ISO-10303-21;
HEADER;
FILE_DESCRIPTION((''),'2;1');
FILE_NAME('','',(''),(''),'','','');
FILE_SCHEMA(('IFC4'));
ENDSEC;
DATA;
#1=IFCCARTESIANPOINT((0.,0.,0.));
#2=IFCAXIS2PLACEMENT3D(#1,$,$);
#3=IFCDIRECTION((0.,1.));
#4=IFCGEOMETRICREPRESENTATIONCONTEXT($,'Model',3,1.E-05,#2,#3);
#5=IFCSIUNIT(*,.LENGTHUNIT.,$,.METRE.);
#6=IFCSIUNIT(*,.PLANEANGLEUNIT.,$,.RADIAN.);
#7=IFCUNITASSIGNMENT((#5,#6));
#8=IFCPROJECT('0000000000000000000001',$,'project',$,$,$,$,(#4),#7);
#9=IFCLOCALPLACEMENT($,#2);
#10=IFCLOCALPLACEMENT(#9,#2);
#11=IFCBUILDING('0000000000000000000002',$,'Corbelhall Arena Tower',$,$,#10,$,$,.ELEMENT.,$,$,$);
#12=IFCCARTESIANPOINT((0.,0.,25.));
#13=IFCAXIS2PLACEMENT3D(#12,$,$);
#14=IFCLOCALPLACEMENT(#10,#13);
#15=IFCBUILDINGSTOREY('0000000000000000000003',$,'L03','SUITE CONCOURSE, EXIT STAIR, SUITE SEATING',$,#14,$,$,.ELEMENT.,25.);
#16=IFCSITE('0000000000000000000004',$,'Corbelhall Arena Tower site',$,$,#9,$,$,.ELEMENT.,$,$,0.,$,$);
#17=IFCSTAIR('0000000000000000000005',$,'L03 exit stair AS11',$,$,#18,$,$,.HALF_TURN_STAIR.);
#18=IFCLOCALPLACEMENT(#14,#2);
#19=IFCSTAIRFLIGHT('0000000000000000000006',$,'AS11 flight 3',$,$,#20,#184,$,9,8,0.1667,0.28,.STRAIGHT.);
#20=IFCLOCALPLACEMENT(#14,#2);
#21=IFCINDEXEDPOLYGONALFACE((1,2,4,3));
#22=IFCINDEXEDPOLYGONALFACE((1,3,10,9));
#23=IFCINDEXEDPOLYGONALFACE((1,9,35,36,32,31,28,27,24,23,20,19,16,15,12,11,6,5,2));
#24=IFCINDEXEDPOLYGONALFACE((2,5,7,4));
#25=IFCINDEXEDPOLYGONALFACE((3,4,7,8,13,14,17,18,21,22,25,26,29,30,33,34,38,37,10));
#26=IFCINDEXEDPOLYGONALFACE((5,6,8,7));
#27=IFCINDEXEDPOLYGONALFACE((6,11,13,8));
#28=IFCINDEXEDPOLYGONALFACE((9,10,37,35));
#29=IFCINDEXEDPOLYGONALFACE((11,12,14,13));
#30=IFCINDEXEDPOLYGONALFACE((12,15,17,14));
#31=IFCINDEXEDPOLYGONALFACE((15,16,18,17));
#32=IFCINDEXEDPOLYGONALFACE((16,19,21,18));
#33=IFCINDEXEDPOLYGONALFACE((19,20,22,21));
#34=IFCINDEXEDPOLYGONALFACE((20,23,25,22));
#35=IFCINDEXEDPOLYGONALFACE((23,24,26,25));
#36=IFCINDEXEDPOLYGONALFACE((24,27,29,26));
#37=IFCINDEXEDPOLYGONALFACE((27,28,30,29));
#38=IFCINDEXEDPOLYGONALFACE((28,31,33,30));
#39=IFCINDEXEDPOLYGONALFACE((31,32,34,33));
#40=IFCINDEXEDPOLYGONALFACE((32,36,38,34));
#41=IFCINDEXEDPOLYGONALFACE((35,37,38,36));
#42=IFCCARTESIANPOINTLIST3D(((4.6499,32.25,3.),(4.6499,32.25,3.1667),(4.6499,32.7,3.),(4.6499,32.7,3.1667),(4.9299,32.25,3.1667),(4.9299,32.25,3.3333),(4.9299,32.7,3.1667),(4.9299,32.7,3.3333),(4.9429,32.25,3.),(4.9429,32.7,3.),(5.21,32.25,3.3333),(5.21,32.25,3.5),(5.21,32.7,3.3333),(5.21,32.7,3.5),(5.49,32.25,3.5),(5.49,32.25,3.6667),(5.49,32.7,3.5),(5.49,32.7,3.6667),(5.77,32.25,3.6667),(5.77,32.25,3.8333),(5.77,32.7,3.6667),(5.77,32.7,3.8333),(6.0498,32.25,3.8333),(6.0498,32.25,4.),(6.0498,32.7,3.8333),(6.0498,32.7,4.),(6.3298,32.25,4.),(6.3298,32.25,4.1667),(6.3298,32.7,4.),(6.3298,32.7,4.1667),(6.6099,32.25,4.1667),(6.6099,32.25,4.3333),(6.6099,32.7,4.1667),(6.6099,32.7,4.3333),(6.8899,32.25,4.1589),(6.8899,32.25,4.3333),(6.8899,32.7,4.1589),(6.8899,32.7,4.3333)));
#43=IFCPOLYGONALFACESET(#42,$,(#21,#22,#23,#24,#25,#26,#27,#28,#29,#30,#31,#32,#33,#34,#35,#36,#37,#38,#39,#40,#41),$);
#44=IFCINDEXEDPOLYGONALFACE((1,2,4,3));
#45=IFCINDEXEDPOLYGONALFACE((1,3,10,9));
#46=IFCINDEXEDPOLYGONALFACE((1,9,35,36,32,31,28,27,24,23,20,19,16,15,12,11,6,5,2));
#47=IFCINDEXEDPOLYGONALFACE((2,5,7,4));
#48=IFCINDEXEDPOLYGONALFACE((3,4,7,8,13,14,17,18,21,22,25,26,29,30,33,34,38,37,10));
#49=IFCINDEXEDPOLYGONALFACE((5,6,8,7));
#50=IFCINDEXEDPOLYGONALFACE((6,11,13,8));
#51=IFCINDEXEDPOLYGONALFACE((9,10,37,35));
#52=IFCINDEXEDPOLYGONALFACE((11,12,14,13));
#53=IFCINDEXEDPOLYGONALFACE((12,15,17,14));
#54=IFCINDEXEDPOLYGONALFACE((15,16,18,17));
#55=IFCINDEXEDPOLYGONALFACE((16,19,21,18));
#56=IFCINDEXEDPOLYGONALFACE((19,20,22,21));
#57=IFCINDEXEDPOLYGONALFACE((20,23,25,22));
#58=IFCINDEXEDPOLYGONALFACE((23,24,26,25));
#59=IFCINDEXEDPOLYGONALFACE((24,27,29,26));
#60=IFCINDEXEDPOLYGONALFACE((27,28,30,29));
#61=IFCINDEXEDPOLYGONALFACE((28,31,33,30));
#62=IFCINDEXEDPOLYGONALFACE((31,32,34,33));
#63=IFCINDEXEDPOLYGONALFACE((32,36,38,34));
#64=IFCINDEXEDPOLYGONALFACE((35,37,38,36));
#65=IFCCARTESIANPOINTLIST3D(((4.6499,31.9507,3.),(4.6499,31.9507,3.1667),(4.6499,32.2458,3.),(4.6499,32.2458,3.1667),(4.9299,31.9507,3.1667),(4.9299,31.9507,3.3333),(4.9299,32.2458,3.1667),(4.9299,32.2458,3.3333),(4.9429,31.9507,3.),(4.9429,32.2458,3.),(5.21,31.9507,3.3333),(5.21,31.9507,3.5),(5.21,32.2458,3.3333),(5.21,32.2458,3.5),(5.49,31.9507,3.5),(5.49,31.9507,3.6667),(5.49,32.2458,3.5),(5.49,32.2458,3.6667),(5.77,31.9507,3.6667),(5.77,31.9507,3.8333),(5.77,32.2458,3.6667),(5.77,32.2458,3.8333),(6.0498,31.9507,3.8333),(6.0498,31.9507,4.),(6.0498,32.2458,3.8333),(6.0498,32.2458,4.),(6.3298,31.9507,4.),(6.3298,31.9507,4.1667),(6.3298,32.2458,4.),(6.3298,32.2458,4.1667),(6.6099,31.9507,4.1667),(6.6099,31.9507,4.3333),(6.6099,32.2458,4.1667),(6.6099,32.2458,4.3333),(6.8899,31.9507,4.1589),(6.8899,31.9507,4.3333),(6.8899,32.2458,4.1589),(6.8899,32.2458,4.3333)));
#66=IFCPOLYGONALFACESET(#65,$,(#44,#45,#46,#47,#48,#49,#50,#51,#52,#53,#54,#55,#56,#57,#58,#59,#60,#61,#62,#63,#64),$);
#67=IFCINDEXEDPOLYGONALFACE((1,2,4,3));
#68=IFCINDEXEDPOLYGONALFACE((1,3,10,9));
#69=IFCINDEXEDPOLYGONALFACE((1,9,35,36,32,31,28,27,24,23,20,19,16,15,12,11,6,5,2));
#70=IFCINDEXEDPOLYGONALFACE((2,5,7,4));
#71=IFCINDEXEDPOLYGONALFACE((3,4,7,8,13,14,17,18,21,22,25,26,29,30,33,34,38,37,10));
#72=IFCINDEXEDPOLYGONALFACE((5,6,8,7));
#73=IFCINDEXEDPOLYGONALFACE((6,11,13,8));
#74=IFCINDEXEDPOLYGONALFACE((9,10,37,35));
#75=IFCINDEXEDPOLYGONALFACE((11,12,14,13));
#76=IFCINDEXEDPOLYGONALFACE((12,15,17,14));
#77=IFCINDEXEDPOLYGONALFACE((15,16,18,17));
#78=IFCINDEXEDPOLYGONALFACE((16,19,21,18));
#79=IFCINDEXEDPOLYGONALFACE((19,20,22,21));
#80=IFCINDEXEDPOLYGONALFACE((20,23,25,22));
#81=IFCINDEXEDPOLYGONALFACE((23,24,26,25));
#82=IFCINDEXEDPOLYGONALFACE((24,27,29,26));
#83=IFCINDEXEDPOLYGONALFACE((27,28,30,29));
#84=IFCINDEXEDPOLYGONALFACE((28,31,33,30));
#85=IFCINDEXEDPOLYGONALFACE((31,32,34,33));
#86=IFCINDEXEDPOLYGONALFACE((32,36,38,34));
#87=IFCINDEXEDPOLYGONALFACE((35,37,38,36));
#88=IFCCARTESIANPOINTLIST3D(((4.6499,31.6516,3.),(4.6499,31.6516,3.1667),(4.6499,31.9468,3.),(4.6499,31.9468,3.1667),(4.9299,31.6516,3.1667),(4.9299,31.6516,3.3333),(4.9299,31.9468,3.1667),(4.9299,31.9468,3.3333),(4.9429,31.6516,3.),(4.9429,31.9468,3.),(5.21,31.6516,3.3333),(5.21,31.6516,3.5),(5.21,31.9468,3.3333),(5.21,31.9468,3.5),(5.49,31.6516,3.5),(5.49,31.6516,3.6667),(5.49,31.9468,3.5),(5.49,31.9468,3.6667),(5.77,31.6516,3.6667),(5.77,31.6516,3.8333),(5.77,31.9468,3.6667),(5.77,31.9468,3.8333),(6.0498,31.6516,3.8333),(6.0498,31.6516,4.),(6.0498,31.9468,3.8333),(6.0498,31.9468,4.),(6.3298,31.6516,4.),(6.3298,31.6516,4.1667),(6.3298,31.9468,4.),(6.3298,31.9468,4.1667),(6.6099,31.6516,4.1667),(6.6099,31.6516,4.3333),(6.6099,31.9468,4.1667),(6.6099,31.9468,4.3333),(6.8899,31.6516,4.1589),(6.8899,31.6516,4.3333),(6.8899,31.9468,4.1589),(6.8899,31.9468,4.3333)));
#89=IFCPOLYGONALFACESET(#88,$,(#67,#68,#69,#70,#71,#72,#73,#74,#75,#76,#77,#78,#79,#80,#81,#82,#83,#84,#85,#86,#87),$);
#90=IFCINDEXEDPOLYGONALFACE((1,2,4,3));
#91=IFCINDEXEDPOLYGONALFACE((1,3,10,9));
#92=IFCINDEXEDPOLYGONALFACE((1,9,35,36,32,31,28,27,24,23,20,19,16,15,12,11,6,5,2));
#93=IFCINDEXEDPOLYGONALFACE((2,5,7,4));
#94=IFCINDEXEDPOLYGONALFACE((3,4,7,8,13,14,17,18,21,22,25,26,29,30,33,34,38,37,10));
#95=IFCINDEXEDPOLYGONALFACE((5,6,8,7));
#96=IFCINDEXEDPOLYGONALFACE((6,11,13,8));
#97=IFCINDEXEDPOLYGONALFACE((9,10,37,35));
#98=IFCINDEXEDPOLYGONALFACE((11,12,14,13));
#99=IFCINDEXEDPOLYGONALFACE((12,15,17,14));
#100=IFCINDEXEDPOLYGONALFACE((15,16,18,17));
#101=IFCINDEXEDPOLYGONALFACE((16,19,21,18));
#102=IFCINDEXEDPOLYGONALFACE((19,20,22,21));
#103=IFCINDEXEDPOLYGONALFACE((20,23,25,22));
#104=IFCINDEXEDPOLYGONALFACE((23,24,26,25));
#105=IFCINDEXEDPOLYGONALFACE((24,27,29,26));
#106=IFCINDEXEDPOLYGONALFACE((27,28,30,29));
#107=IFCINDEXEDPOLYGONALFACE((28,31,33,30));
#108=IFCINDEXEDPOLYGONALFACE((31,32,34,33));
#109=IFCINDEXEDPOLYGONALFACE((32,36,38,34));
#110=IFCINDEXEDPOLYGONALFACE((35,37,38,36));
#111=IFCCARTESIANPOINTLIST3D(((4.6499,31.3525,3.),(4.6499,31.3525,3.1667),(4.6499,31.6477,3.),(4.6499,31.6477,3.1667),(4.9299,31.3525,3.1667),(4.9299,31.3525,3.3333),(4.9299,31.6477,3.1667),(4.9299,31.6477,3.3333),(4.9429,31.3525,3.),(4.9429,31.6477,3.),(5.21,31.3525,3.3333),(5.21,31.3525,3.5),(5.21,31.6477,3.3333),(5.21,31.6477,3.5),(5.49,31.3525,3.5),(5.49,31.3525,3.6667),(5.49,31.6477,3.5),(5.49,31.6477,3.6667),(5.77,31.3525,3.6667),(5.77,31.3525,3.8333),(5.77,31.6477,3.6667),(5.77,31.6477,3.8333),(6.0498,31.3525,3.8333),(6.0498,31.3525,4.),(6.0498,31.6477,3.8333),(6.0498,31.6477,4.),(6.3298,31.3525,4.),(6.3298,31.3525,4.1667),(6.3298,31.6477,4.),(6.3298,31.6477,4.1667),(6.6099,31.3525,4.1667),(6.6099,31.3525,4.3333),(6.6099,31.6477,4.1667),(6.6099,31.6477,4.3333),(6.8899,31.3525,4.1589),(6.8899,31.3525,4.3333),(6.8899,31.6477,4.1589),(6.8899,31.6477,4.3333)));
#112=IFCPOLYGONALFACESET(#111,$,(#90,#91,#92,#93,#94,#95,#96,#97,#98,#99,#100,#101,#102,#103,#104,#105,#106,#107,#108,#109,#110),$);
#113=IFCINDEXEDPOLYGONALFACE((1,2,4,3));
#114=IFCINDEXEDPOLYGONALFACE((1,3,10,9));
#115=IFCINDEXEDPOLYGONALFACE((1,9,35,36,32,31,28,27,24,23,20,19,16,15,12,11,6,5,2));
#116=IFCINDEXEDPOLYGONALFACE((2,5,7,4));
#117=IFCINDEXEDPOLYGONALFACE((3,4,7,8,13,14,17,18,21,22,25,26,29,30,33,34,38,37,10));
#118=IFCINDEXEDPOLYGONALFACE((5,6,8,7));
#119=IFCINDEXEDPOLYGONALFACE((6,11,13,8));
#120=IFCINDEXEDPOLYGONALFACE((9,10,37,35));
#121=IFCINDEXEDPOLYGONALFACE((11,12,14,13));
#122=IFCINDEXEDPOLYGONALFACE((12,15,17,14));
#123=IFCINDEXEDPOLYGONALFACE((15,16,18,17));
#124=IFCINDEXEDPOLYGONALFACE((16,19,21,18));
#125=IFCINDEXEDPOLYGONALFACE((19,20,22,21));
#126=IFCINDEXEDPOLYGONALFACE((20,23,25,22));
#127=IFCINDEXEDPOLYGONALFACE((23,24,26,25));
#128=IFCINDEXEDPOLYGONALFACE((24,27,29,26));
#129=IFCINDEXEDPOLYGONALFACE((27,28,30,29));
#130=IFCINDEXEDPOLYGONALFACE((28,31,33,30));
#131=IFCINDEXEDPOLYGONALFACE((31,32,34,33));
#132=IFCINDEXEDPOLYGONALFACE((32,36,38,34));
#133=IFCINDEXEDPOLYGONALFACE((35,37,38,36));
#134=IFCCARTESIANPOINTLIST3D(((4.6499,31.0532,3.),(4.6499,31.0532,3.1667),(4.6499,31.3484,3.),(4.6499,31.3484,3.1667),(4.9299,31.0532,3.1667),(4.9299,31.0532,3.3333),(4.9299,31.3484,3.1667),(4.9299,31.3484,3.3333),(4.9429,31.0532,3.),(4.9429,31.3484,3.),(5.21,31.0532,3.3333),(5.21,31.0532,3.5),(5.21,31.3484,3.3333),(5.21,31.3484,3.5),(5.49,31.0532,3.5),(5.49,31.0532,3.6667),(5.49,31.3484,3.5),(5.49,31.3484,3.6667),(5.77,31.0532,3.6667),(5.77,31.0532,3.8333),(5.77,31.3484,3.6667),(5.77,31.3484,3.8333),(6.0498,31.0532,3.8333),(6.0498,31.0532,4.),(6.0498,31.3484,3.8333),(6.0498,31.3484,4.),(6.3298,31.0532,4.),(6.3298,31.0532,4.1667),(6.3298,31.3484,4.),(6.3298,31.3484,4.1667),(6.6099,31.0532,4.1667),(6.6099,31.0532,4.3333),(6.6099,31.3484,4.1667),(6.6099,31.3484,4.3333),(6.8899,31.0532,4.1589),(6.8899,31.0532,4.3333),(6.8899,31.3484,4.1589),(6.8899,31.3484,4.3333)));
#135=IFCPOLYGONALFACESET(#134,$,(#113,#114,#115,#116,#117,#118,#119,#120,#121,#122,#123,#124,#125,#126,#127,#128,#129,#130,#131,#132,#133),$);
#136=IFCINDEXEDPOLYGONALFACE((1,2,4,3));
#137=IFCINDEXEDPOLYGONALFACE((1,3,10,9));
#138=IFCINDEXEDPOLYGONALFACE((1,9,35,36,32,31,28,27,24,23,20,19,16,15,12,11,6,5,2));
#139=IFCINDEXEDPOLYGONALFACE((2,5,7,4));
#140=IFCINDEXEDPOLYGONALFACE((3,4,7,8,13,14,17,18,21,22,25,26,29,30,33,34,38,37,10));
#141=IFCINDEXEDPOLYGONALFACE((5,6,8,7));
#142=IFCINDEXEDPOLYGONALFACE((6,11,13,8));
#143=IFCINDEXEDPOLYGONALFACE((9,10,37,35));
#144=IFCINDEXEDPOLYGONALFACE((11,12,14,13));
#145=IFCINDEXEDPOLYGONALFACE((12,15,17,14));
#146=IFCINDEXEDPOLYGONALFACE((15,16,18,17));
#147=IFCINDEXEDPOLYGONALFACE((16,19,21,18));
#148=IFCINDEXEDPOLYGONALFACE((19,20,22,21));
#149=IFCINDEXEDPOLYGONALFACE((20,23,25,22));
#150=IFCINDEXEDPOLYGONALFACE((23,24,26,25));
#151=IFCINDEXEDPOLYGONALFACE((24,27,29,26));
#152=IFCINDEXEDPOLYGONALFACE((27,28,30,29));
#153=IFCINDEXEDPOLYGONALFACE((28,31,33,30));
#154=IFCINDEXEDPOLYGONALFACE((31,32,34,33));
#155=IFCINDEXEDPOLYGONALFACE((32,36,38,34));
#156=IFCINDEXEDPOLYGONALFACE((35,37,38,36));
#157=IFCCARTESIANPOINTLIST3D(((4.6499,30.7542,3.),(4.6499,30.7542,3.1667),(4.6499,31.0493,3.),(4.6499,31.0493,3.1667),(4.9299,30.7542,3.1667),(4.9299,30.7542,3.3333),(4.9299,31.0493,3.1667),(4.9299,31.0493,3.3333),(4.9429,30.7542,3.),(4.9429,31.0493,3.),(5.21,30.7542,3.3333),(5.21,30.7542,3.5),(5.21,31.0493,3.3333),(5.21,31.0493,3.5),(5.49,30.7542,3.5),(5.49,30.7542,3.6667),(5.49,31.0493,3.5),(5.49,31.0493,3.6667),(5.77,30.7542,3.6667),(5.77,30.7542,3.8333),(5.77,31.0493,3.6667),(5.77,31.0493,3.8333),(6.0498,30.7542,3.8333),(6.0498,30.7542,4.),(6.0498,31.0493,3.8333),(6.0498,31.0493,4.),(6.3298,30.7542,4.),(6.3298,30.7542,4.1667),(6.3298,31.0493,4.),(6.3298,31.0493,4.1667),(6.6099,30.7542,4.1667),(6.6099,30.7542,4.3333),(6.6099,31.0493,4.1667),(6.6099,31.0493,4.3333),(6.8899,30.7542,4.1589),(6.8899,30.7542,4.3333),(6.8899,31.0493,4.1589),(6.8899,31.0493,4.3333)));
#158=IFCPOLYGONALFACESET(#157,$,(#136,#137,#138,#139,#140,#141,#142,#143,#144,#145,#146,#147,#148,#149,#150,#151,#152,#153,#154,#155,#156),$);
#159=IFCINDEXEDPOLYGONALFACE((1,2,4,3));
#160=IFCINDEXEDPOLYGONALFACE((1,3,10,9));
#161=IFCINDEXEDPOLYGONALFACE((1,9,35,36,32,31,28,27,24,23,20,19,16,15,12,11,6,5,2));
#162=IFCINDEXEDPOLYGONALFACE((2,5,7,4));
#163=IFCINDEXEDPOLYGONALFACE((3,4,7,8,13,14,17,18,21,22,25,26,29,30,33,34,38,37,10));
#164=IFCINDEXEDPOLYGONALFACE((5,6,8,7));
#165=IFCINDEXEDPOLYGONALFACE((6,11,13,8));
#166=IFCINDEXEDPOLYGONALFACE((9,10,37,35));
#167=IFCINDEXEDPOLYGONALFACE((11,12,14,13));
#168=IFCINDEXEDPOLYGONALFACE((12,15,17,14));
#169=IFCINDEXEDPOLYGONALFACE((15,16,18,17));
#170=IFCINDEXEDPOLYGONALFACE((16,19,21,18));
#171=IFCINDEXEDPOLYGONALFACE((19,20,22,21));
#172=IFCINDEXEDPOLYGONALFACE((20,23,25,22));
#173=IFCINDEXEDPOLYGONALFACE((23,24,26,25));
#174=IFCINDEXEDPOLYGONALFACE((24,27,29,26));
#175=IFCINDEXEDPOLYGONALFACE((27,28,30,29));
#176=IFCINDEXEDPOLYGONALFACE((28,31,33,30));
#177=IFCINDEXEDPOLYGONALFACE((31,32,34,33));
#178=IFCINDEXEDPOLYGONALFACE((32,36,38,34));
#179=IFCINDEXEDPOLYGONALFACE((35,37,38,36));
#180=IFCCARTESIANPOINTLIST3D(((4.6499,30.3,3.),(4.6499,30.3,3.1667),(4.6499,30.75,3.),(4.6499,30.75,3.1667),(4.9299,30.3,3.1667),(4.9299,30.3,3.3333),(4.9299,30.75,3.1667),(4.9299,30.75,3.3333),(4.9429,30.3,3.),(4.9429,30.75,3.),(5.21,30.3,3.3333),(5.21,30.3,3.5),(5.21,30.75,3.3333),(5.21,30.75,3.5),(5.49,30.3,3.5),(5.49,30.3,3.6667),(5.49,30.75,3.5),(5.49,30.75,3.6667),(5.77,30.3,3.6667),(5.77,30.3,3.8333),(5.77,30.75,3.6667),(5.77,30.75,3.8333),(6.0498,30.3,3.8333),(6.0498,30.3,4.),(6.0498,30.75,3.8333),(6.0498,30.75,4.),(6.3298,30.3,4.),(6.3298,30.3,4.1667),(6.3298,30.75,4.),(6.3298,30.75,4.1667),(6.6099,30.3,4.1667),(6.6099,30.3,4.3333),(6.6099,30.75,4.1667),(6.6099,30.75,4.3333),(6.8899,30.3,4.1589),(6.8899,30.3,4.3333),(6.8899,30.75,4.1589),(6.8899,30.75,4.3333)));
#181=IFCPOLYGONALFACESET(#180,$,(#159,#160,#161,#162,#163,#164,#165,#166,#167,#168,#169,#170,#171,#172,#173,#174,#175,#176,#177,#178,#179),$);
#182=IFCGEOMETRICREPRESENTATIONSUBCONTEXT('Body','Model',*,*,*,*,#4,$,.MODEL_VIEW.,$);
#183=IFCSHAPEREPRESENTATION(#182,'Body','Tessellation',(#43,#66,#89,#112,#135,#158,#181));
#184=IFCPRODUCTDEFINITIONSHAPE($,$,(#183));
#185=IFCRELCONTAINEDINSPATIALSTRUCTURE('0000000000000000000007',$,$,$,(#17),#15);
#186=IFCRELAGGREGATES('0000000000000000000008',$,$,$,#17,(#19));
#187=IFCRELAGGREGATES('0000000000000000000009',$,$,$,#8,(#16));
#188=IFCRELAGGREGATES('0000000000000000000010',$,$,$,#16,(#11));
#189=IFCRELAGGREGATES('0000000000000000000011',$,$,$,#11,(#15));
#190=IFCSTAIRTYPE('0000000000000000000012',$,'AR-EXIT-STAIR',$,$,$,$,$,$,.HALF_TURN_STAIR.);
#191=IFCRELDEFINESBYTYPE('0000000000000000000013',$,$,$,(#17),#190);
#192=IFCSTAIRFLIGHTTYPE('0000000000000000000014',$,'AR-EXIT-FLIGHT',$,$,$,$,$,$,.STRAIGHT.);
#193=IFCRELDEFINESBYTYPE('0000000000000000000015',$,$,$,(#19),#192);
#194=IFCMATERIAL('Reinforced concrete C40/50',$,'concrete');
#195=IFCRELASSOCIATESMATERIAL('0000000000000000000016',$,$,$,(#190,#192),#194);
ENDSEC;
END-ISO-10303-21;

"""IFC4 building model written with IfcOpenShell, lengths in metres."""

from ifc_helpers import new_model, si_unit, direction, frame, origin, place, context, subcontext, project, spatial, polyline, outline, extrude, material, type_object, element, aggregate, save


model = new_model("IFC4")

# Units and contexts
model_context = context("Model", 3, precision=1e-05, world=origin(), true_north=direction((0.0, 1.0)))
body_context = subcontext(model_context, "Body", "Model", "MODEL_VIEW")
ifc_project = project(units=[si_unit("LENGTHUNIT", "METRE"), si_unit("PLANEANGLEUNIT", "RADIAN")], contexts=[model_context])

# Site, building, storey
site_placement = place(None, origin())
site = spatial("IfcSite", under=ifc_project, at=site_placement, Name="Corbelhall Arena Tower site", CompositionType="ELEMENT", RefElevation=0.0)
building_placement = place(site_placement, origin())
building = spatial("IfcBuilding", under=site, at=building_placement, Name="Corbelhall Arena Tower", CompositionType="ELEMENT")
storey_placement = place(building_placement, frame((0.0, 0.0, 25.0)))
storey = spatial("IfcBuildingStorey", under=building, at=storey_placement, Name="L03", Description="SUITE CONCOURSE, EXIT STAIR, SUITE SEATING", CompositionType="ELEMENT", Elevation=25.0)

# Shared definitions
ifc_material_1 = material(Name="Reinforced concrete C40/50", Category="concrete")

# Stair, stair flight
stair_type = type_object("IfcStairType", Name="AR-EXIT-STAIR", PredefinedType="HALF_TURN_STAIR", material=ifc_material_1)
stair_1_placement = place(storey_placement, origin())
stair_1 = element("IfcStair", 1, at=stair_1_placement, inside=storey, type_object=stair_type, Name="L03 exit stair AS11", PredefinedType="HALF_TURN_STAIR")
stair_flight_type = type_object("IfcStairFlightType", Name="AR-EXIT-FLIGHT", PredefinedType="STRAIGHT", material=ifc_material_1)
stair_flight_1_placement = place(storey_placement, frame((4.6499, 31.5, 3.0), z_axis=(0.0, 0.0, 1.0), x_axis=(1.0, 0.0, 0.0)))
stair_flight_1 = element("IfcStairFlight", 2, at=stair_flight_1_placement, type_object=stair_flight_type, Name="AS11 flight 3", NumberOfRisers=9, NumberOfTreads=8, PredefinedType="STRAIGHT", RiserHeight=0.1667, TreadLength=0.28, context=body_context, shape_type="SweptSolid", body=[
    extrude(outline(polyline([(0.0, 0.0), (0.0, 0.1667), (0.28, 0.1667), (0.28, 0.3333), (0.5601, 0.3333), (0.5601, 0.5), (0.8401, 0.5), (0.8401, 0.6667), (1.1201, 0.6667), (1.1201, 0.8333), (1.3999, 0.8333), (1.3999, 1.0), (1.6799, 1.0), (1.6799, 1.1667), (1.96, 1.1667), (1.96, 1.3333), (2.24, 1.3333), (2.24, 1.5), (2.24, 1.1589), (0.293, 0.0), (0.0, 0.0)])), frame((0.0, 1.2, 0.0), z_axis=(0.0, -1.0, 0.0), x_axis=(1.0, 0.0, 0.0)), (0.0, 0.0, 1.0), 0.45),
    extrude(outline(polyline([(0.0, 0.0), (0.0, 0.1667), (0.28, 0.1667), (0.28, 0.3333), (0.5601, 0.3333), (0.5601, 0.5), (0.8401, 0.5), (0.8401, 0.6667), (1.1201, 0.6667), (1.1201, 0.8333), (1.3999, 0.8333), (1.3999, 1.0), (1.6799, 1.0), (1.6799, 1.1667), (1.96, 1.1667), (1.96, 1.3333), (2.24, 1.3333), (2.24, 1.5), (2.24, 1.1589), (0.293, 0.0), (0.0, 0.0)])), frame((0.0, 0.7458, 0.0), z_axis=(0.0, -1.0, 0.0), x_axis=(1.0, 0.0, 0.0)), (0.0, 0.0, 1.0), 0.2952),
    extrude(outline(polyline([(0.0, 0.0), (0.0, 0.1667), (0.28, 0.1667), (0.28, 0.3333), (0.5601, 0.3333), (0.5601, 0.5), (0.8401, 0.5), (0.8401, 0.6667), (1.1201, 0.6667), (1.1201, 0.8333), (1.3999, 0.8333), (1.3999, 1.0), (1.6799, 1.0), (1.6799, 1.1667), (1.96, 1.1667), (1.96, 1.3333), (2.24, 1.3333), (2.24, 1.5), (2.24, 1.1589), (0.293, 0.0), (0.0, 0.0)])), frame((0.0, 0.4468, 0.0), z_axis=(0.0, -1.0, 0.0), x_axis=(1.0, 0.0, 0.0)), (0.0, 0.0, 1.0), 0.2952),
    extrude(outline(polyline([(0.0, 0.0), (0.0, 0.1667), (0.28, 0.1667), (0.28, 0.3333), (0.5601, 0.3333), (0.5601, 0.5), (0.8401, 0.5), (0.8401, 0.6667), (1.1201, 0.6667), (1.1201, 0.8333), (1.3999, 0.8333), (1.3999, 1.0), (1.6799, 1.0), (1.6799, 1.1667), (1.96, 1.1667), (1.96, 1.3333), (2.24, 1.3333), (2.24, 1.5), (2.24, 1.1589), (0.293, 0.0), (0.0, 0.0)])), frame((0.0, 0.1477, 0.0), z_axis=(0.0, -1.0, 0.0), x_axis=(1.0, 0.0, 0.0)), (0.0, 0.0, 1.0), 0.2952),
    extrude(outline(polyline([(0.0, 0.0), (0.0, 0.1667), (0.28, 0.1667), (0.28, 0.3333), (0.5601, 0.3333), (0.5601, 0.5), (0.8401, 0.5), (0.8401, 0.6667), (1.1201, 0.6667), (1.1201, 0.8333), (1.3999, 0.8333), (1.3999, 1.0), (1.6799, 1.0), (1.6799, 1.1667), (1.96, 1.1667), (1.96, 1.3333), (2.24, 1.3333), (2.24, 1.5), (2.24, 1.1589), (0.293, 0.0), (0.0, 0.0)])), frame((0.0, -0.1516, 0.0), z_axis=(0.0, -1.0, 0.0), x_axis=(1.0, 0.0, 0.0)), (0.0, 0.0, 1.0), 0.2952),
    extrude(outline(polyline([(0.0, 0.0), (0.0, 0.1667), (0.28, 0.1667), (0.28, 0.3333), (0.5601, 0.3333), (0.5601, 0.5), (0.8401, 0.5), (0.8401, 0.6667), (1.1201, 0.6667), (1.1201, 0.8333), (1.3999, 0.8333), (1.3999, 1.0), (1.6799, 1.0), (1.6799, 1.1667), (1.96, 1.1667), (1.96, 1.3333), (2.24, 1.3333), (2.24, 1.5), (2.24, 1.1589), (0.293, 0.0), (0.0, 0.0)])), frame((0.0, -0.4507, 0.0), z_axis=(0.0, -1.0, 0.0), x_axis=(1.0, 0.0, 0.0)), (0.0, 0.0, 1.0), 0.2952),
    extrude(outline(polyline([(0.0, 0.0), (0.0, 0.1667), (0.28, 0.1667), (0.28, 0.3333), (0.5601, 0.3333), (0.5601, 0.5), (0.8401, 0.5), (0.8401, 0.6667), (1.1201, 0.6667), (1.1201, 0.8333), (1.3999, 0.8333), (1.3999, 1.0), (1.6799, 1.0), (1.6799, 1.1667), (1.96, 1.1667), (1.96, 1.3333), (2.24, 1.3333), (2.24, 1.5), (2.24, 1.1589), (0.293, 0.0), (0.0, 0.0)])), frame((0.0, -0.75, 0.0), z_axis=(0.0, -1.0, 0.0), x_axis=(1.0, 0.0, 0.0)), (0.0, 0.0, 1.0), 0.45),
])
aggregate(stair_1, [stair_flight_1])

save(model, "model.ifc")
